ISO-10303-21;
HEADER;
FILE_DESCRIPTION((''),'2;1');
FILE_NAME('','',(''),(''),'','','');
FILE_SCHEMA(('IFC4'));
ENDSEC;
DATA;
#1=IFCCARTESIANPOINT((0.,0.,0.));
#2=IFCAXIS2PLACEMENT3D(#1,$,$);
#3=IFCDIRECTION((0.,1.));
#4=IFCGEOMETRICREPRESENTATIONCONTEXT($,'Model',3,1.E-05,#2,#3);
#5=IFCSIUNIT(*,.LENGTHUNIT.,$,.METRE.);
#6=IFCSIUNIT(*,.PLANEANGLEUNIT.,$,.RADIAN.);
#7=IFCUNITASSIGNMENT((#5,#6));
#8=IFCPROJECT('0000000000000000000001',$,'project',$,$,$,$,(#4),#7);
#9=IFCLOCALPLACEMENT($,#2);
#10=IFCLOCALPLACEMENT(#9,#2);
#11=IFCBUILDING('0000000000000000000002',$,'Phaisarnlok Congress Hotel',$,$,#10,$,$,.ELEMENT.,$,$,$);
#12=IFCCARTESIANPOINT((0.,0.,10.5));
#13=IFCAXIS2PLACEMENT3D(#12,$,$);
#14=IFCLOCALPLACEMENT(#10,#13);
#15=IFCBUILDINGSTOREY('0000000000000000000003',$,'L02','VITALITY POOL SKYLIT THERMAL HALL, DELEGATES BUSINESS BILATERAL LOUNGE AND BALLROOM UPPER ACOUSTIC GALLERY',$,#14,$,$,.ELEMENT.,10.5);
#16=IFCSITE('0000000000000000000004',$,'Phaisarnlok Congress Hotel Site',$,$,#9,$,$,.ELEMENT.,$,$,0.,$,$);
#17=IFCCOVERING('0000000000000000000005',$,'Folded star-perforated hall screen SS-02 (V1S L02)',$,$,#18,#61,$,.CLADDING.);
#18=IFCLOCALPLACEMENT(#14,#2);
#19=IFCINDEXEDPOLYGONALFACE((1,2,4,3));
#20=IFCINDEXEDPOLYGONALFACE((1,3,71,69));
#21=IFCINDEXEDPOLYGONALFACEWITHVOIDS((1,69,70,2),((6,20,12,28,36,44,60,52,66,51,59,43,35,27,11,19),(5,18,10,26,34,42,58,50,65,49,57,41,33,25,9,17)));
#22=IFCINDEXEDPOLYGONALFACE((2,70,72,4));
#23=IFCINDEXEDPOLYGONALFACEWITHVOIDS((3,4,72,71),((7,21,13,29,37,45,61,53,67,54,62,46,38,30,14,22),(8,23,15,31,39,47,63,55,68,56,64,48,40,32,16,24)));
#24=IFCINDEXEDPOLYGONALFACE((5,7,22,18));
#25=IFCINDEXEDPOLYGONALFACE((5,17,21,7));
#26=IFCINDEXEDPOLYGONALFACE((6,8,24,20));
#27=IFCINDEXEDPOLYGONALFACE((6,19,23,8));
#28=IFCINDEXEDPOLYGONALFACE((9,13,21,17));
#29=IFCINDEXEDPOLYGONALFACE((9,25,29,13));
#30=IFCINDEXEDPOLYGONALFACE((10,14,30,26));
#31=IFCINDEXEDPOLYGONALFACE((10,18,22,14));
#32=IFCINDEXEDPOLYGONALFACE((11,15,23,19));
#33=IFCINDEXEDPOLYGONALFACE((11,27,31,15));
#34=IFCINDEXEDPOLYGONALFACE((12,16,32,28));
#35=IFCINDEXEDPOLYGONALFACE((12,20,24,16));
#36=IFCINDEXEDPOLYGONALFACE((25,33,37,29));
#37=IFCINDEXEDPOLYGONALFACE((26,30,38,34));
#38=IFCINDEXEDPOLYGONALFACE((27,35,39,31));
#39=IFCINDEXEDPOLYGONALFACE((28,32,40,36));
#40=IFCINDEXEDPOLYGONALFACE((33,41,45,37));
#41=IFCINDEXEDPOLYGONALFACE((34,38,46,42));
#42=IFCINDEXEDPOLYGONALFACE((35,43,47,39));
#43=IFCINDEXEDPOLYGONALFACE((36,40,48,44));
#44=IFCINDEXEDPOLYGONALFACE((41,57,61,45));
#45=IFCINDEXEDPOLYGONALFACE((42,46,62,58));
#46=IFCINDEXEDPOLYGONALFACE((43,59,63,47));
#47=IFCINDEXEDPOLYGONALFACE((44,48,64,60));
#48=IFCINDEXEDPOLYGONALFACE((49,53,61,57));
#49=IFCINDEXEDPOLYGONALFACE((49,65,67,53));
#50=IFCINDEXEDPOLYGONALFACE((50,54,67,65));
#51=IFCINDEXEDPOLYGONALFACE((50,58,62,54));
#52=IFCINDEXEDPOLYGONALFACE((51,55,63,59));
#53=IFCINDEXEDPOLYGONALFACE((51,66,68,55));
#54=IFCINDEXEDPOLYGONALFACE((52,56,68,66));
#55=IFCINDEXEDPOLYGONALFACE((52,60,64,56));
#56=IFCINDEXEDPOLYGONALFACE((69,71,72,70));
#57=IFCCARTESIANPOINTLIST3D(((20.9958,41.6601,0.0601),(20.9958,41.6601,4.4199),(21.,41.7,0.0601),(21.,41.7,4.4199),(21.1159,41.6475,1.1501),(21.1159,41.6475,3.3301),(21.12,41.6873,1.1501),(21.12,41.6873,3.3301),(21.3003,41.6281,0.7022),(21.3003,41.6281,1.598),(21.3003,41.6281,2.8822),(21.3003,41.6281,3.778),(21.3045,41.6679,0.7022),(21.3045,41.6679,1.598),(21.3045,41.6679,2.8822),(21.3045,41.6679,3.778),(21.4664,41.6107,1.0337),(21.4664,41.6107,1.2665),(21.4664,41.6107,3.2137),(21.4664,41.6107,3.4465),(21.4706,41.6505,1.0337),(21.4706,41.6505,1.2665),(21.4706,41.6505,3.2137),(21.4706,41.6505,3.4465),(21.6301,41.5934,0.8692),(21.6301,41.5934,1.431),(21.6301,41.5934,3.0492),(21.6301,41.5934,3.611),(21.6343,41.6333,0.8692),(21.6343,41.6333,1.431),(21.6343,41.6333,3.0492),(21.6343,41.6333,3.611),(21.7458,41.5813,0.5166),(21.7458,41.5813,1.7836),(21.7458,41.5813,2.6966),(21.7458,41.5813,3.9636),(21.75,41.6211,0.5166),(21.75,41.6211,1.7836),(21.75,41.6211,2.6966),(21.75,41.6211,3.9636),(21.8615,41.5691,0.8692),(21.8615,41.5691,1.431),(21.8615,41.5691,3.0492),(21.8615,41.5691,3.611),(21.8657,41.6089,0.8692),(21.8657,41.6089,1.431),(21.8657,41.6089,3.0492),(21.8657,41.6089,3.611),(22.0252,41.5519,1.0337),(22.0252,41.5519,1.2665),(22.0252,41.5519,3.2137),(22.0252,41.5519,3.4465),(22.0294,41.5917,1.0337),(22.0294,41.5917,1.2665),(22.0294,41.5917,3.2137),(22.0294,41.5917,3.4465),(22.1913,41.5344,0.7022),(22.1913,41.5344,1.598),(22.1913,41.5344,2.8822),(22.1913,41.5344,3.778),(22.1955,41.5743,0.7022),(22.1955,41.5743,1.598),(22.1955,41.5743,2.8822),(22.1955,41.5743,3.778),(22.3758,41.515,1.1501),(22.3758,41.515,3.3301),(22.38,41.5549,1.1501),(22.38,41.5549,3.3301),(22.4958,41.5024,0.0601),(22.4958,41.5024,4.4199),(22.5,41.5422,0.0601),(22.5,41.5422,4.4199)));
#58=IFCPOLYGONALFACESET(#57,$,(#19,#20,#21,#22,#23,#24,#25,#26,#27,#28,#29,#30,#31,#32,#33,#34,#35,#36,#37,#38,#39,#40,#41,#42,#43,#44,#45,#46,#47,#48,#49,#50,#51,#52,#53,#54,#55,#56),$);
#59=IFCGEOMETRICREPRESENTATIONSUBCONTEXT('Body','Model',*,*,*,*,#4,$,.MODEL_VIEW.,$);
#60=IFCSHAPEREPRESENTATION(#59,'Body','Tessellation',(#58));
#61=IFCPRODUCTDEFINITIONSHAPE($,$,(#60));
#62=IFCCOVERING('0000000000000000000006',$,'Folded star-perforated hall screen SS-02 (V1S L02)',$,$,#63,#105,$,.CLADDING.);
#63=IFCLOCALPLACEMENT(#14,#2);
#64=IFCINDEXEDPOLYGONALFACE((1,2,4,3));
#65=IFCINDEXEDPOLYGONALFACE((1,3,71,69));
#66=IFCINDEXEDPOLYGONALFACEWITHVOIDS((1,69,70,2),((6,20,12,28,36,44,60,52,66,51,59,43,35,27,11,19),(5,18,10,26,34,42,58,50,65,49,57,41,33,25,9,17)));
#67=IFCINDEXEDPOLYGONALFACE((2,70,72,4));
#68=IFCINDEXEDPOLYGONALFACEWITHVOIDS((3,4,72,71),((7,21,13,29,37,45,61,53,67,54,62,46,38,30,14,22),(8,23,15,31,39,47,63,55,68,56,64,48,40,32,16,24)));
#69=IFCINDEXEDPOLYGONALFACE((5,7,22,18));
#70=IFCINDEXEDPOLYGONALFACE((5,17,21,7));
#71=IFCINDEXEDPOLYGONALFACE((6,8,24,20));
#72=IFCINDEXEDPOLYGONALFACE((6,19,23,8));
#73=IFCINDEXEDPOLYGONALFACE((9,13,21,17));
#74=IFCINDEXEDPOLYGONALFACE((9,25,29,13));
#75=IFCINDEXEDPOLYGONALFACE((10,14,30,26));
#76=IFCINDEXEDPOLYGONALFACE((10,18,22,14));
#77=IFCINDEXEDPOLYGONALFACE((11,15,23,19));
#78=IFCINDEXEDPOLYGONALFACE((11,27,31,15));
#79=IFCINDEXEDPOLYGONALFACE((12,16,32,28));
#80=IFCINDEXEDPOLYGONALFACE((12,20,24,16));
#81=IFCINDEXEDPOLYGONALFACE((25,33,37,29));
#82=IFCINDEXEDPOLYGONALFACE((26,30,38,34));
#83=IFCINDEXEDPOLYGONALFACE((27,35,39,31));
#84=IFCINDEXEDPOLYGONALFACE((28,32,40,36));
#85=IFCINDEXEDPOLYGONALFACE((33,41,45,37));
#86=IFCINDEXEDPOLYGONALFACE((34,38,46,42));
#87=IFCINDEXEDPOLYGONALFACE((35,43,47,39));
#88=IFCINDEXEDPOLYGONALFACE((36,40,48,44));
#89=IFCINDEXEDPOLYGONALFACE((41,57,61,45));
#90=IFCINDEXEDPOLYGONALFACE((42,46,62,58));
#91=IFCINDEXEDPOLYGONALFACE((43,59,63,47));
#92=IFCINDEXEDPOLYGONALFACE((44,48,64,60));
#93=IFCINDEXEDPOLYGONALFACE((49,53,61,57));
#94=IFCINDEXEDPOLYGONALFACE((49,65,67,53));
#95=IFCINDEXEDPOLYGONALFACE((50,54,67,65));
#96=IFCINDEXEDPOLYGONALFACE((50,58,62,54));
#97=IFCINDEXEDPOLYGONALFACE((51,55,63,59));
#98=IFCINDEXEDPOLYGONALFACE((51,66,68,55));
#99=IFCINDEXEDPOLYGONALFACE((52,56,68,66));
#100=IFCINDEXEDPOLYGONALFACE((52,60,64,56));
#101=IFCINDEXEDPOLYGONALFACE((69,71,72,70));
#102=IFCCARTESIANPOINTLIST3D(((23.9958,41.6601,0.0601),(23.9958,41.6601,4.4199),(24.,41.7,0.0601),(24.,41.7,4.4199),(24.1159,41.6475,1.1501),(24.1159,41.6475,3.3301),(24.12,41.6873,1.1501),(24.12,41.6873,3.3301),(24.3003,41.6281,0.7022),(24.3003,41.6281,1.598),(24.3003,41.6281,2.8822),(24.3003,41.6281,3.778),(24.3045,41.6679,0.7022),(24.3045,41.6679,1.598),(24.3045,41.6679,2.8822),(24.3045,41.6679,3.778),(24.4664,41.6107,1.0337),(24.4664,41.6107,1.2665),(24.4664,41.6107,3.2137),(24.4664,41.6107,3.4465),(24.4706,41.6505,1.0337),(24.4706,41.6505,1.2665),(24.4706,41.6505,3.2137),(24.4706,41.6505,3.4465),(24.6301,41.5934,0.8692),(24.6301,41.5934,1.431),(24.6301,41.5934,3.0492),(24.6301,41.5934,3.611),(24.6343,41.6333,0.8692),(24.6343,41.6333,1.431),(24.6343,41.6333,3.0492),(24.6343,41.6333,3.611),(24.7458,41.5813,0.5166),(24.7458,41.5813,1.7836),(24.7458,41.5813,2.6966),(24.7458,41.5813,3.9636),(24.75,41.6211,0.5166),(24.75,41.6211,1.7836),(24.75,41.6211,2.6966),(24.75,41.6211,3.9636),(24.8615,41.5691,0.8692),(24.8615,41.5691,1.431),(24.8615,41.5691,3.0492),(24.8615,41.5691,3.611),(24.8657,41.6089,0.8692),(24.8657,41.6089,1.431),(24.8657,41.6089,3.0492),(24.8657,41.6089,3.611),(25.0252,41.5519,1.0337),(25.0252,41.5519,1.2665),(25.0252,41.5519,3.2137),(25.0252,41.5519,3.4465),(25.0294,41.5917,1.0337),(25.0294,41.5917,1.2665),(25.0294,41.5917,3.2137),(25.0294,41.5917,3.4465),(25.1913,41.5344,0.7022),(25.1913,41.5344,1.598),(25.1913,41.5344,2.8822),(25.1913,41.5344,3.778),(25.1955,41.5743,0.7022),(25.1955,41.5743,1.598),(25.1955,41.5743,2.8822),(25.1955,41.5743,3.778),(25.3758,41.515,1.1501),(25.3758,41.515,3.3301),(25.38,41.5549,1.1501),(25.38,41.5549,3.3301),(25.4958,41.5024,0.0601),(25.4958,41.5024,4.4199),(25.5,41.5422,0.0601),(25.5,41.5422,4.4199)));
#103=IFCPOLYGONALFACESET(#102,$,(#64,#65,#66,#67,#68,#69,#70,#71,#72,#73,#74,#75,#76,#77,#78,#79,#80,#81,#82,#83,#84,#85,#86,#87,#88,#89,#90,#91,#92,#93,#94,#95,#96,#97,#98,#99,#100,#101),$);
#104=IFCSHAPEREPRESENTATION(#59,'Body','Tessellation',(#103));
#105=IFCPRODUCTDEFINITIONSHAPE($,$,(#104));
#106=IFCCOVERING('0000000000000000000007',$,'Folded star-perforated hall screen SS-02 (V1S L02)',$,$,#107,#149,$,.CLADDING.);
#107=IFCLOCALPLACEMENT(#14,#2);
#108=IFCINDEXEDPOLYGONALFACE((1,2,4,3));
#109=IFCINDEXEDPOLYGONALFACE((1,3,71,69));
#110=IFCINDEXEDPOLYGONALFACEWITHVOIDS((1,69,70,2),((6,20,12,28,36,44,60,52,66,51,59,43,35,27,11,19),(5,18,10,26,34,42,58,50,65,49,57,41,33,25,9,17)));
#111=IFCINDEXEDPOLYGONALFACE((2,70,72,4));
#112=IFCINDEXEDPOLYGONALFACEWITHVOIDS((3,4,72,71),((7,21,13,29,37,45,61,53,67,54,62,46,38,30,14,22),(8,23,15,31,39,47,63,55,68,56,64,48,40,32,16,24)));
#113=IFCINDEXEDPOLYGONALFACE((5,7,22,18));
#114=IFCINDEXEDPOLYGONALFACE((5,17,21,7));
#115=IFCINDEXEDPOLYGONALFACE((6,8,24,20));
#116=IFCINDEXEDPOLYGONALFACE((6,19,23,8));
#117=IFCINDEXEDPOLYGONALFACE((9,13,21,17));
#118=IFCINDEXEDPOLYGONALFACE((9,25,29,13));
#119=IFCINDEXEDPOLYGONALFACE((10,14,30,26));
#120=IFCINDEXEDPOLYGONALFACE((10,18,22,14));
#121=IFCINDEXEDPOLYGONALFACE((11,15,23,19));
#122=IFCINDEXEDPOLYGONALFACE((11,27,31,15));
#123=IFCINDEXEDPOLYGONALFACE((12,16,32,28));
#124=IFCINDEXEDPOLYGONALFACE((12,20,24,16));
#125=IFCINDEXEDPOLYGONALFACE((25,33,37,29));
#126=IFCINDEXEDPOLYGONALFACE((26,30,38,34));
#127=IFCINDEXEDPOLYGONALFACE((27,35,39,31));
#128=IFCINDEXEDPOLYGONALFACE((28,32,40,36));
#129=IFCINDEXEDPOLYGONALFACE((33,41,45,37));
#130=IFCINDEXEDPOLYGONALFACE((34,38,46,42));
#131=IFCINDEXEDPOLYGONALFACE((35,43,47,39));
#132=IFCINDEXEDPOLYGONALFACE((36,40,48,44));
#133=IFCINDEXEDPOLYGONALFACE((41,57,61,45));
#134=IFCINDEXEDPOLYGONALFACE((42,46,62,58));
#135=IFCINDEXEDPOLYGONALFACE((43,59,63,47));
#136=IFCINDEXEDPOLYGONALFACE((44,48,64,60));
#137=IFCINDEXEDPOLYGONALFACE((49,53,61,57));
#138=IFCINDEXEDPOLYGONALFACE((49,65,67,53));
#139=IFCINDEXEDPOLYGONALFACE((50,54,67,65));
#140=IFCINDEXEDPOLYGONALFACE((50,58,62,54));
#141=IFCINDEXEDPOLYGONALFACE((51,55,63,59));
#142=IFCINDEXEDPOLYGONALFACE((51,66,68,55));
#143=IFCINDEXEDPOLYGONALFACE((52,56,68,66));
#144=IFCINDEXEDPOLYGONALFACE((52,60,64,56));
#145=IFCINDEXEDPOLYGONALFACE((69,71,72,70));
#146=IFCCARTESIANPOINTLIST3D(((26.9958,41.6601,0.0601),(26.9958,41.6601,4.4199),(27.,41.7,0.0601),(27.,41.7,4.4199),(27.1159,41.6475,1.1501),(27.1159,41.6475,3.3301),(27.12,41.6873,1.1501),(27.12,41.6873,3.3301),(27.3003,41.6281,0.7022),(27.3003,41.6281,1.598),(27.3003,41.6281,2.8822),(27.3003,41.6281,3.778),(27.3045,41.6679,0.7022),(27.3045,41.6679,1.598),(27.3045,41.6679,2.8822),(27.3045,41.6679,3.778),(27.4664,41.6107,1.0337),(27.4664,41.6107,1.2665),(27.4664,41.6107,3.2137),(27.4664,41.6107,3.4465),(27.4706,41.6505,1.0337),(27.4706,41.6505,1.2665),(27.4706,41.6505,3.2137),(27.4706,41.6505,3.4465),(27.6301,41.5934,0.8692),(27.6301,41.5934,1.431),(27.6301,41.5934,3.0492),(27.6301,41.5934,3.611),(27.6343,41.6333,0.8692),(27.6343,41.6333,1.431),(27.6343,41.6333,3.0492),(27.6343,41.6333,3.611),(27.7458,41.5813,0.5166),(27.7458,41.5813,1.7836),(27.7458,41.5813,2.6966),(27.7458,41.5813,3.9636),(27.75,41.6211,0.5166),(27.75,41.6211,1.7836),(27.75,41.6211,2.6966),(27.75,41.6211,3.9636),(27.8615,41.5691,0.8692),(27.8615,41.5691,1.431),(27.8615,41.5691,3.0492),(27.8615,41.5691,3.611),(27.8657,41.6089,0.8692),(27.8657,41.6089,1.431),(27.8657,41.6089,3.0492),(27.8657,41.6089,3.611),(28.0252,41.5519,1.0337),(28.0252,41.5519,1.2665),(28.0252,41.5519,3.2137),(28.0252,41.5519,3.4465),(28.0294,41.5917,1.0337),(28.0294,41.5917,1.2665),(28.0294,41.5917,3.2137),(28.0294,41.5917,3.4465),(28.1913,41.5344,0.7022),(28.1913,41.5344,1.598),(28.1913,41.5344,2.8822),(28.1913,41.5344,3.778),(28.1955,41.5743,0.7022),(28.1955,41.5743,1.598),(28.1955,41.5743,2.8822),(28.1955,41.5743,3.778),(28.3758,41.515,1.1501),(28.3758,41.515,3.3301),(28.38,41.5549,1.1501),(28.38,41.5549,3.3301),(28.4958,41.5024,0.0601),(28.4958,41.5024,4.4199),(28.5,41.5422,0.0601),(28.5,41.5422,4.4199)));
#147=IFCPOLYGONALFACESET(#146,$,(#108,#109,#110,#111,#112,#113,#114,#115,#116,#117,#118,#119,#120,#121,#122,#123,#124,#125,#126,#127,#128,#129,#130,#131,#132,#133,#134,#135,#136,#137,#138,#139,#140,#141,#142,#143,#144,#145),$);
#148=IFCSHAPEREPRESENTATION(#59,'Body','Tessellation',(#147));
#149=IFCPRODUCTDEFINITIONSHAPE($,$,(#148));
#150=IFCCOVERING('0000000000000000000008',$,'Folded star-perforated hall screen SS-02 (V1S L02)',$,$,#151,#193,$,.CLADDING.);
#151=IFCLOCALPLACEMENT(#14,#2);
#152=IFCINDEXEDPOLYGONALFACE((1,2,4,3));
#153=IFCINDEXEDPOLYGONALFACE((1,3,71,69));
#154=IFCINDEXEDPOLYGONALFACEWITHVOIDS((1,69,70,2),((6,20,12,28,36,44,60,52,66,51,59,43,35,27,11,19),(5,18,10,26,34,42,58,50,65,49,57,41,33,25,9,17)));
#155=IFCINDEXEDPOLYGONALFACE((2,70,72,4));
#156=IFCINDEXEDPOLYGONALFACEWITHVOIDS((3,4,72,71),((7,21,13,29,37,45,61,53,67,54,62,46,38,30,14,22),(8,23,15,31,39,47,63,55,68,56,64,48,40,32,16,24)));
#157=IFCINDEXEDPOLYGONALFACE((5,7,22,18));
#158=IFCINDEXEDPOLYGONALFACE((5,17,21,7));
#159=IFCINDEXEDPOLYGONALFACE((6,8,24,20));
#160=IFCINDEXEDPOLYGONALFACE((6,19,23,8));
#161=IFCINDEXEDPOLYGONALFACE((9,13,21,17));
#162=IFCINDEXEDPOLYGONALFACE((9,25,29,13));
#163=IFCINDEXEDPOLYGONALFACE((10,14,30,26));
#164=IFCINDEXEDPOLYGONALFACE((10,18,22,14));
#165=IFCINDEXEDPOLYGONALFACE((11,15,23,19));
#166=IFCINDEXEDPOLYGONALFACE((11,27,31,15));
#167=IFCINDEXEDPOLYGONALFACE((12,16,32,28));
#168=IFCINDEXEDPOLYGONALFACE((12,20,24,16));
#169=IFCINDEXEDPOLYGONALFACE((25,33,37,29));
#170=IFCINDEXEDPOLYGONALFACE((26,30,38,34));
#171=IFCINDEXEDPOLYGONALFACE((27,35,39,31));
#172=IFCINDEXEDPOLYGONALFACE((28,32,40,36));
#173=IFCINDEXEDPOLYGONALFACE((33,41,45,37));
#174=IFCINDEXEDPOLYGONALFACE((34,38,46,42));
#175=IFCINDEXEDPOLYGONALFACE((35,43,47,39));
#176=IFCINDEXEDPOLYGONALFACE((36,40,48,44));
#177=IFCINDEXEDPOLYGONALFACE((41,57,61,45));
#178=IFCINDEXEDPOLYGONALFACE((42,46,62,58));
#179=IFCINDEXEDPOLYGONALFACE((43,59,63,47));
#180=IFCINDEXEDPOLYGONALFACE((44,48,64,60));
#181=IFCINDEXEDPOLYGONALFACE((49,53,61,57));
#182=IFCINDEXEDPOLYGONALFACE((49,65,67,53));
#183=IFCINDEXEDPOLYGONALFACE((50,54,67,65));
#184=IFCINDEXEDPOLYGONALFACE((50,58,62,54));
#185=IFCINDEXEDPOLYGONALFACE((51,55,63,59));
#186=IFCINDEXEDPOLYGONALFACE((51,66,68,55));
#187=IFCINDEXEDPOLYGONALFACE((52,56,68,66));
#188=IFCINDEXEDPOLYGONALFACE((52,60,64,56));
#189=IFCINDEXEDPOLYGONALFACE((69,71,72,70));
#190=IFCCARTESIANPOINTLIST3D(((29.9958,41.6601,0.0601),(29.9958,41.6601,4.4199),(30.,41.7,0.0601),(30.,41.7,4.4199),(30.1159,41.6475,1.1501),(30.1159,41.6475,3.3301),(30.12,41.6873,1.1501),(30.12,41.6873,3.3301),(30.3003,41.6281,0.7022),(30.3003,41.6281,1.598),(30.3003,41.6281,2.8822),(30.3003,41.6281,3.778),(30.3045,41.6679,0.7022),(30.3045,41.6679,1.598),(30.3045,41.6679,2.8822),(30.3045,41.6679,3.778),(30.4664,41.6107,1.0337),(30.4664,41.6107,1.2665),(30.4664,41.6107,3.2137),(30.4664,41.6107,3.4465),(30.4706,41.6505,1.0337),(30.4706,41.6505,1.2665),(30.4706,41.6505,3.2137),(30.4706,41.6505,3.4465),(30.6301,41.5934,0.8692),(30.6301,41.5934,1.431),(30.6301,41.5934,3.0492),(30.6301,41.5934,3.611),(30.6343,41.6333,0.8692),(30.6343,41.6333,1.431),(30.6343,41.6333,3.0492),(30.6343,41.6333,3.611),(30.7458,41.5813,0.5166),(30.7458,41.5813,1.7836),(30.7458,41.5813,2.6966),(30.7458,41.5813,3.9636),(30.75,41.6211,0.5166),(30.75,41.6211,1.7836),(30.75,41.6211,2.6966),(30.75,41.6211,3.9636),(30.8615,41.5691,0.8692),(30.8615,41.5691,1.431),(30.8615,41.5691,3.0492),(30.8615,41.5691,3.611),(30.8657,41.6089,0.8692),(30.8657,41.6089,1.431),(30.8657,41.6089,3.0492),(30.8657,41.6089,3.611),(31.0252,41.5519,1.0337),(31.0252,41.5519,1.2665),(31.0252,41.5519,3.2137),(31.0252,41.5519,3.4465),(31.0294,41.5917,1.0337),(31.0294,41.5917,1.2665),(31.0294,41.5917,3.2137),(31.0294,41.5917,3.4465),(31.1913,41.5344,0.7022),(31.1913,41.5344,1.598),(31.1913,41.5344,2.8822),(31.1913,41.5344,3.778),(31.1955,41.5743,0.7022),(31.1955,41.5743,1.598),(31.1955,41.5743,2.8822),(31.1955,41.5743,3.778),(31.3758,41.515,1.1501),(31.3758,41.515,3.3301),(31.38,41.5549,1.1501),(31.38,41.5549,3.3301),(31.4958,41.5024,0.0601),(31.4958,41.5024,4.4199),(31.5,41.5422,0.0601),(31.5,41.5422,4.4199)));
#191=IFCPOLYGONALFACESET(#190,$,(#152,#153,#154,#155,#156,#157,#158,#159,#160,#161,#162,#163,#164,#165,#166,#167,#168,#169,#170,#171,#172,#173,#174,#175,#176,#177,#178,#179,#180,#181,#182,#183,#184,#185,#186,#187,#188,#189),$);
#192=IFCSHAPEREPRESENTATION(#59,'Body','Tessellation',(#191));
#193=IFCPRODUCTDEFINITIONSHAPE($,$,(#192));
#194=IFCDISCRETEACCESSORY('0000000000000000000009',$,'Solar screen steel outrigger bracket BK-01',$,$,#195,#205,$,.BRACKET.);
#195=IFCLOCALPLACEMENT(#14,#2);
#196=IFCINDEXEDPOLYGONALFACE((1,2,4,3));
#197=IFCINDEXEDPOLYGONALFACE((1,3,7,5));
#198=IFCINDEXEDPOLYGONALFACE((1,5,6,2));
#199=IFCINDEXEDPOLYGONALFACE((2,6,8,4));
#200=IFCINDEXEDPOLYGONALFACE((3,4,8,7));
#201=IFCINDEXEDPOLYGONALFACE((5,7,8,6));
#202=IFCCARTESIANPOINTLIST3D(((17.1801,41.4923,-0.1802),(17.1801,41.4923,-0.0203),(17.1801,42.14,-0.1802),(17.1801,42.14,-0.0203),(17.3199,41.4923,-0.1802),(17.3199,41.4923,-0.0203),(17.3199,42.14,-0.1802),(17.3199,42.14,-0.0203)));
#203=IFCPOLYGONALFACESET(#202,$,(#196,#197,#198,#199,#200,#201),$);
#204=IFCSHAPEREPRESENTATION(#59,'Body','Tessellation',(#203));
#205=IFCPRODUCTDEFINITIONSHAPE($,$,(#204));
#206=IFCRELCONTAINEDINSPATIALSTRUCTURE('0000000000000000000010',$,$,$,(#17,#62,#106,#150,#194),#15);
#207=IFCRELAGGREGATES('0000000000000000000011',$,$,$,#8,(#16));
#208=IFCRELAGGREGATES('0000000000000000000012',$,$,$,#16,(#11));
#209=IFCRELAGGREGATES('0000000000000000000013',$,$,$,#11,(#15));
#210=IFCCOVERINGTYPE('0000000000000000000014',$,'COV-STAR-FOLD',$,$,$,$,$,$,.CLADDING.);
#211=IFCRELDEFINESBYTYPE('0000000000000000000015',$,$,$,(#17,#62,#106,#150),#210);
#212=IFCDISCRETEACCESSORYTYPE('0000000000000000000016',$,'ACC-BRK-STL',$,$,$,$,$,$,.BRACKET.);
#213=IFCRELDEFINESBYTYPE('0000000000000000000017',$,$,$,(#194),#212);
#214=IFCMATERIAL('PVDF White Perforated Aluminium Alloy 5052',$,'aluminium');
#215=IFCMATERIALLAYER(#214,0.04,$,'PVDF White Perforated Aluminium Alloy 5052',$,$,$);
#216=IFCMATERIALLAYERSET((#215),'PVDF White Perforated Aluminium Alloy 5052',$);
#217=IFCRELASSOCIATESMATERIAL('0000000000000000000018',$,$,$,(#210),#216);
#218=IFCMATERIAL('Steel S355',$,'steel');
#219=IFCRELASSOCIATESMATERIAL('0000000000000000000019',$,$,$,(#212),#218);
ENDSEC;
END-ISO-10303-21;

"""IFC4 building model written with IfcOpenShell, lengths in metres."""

from ifc_helpers import new_model, si_unit, direction, frame, origin, origin_2d, place, context, subcontext, project, spatial, polyline, rectangle, outline, extrude, material, layer, layer_set, type_object, element, save


model = new_model("IFC4")

# Units and contexts
model_context = context("Model", 3, precision=1e-05, world=origin(), true_north=direction((0.0, 1.0)))
body_context = subcontext(model_context, "Body", "Model", "MODEL_VIEW")
ifc_project = project(units=[si_unit("LENGTHUNIT", "METRE"), si_unit("PLANEANGLEUNIT", "RADIAN")], contexts=[model_context])

# Site, building, storey
site_placement = place(None, origin())
site = spatial("IfcSite", under=ifc_project, at=site_placement, Name="Phaisarnlok Congress Hotel Site", CompositionType="ELEMENT", RefElevation=0.0)
building_placement = place(site_placement, origin())
building = spatial("IfcBuilding", under=site, at=building_placement, Name="Phaisarnlok Congress Hotel", CompositionType="ELEMENT")
storey_placement = place(building_placement, frame((0.0, 0.0, 10.5)))
storey = spatial("IfcBuildingStorey", under=building, at=storey_placement, Name="L02", Description="VITALITY POOL SKYLIT THERMAL HALL, DELEGATES BUSINESS BILATERAL LOUNGE AND BALLROOM UPPER ACOUSTIC GALLERY", CompositionType="ELEMENT", Elevation=10.5)

# Coverings
ifc_material_1 = material(Name="PVDF White Perforated Aluminium Alloy 5052", Category="aluminium")
ifc_layer = layer(ifc_material_1, 0.04, Name="PVDF White Perforated Aluminium Alloy 5052")
ifc_layer_set = layer_set([ifc_layer], Name="PVDF White Perforated Aluminium Alloy 5052")
covering_type = type_object("IfcCoveringType", Name="COV-STAR-FOLD", PredefinedType="CLADDING", material=ifc_layer_set)
for number, where, z_axis, x_axis, name in (
    (1, (21.0, 41.7, 0.0601), (-0.104567, -0.994518, 0.0), (0.994518, -0.104567, 0.0), "Folded star-perforated hall screen SS-02 (V1S L02)"),
    (2, (24.0, 41.7, 0.0601), (-0.104567, -0.994518, 0.0), (0.994518, -0.104567, 0.0), "Folded star-perforated hall screen SS-02 (V1S L02)"),
    (3, (27.0, 41.7, 0.0601), (-0.104567, -0.994518, 0.0), (0.994518, -0.104567, 0.0), "Folded star-perforated hall screen SS-02 (V1S L02)"),
    (4, (30.0, 41.7, 0.0601), (-0.104567, -0.994518, 0.0), (0.994518, -0.104567, 0.0), "Folded star-perforated hall screen SS-02 (V1S L02)"),
):
    element("IfcCovering", number, at=place(storey_placement, frame(where, z_axis=z_axis, x_axis=x_axis)), inside=storey, type_object=covering_type, Name=name, PredefinedType="CLADDING", context=body_context, shape_type="SweptSolid", body=[
        extrude(outline(polyline([(0.0, 0.0), (1.5083, 0.0), (1.5083, 4.3599), (0.0, 4.3599), (0.0, 0.0)]), holes=[polyline([(1.0351, 0.9736), (1.2021, 0.6421), (0.8705, 0.8091), (0.7541, 0.4565), (0.6378, 0.8091), (0.3062, 0.6421), (0.4732, 0.9736), (0.1207, 1.09), (0.4732, 1.2064), (0.3062, 1.5379), (0.6378, 1.3709), (0.7541, 1.7235), (0.8705, 1.3709), (1.2021, 1.5379), (1.0351, 1.2064), (1.3876, 1.09), (1.0351, 0.9736)]), polyline([(1.0351, 3.1536), (1.2021, 2.8221), (0.8705, 2.9891), (0.7541, 2.6365), (0.6378, 2.9891), (0.3062, 2.8221), (0.4732, 3.1536), (0.1207, 3.27), (0.4732, 3.3864), (0.3062, 3.7179), (0.6378, 3.5509), (0.7541, 3.9035), (0.8705, 3.5509), (1.2021, 3.7179), (1.0351, 3.3864), (1.3876, 3.27), (1.0351, 3.1536)])]), origin(), (0.0, 0.0, 1.0), 0.04),
    ])

# Discrete accessory
ifc_material_2 = material(Name="Steel S355", Category="steel")
discrete_accessory_type = type_object("IfcDiscreteAccessoryType", Name="ACC-BRK-STL", PredefinedType="BRACKET", material=ifc_material_2)
for number, where, z_axis, x_axis, name in (
    (5, (17.25, 41.8162, -0.1802), (0.0, 0.0, 1.0), (1.0, 0.0, 0.0), "Solar screen steel outrigger bracket BK-01"),
):
    element("IfcDiscreteAccessory", number, at=place(storey_placement, frame(where, z_axis=z_axis, x_axis=x_axis)), inside=storey, type_object=discrete_accessory_type, Name=name, PredefinedType="BRACKET", context=body_context, shape_type="SweptSolid", body=[
        extrude(rectangle(XDim=0.1399, YDim=0.6477, at=origin_2d()), origin(), (0.0, 0.0, 1.0), 0.1599),
    ])

save(model, "model.ifc")
